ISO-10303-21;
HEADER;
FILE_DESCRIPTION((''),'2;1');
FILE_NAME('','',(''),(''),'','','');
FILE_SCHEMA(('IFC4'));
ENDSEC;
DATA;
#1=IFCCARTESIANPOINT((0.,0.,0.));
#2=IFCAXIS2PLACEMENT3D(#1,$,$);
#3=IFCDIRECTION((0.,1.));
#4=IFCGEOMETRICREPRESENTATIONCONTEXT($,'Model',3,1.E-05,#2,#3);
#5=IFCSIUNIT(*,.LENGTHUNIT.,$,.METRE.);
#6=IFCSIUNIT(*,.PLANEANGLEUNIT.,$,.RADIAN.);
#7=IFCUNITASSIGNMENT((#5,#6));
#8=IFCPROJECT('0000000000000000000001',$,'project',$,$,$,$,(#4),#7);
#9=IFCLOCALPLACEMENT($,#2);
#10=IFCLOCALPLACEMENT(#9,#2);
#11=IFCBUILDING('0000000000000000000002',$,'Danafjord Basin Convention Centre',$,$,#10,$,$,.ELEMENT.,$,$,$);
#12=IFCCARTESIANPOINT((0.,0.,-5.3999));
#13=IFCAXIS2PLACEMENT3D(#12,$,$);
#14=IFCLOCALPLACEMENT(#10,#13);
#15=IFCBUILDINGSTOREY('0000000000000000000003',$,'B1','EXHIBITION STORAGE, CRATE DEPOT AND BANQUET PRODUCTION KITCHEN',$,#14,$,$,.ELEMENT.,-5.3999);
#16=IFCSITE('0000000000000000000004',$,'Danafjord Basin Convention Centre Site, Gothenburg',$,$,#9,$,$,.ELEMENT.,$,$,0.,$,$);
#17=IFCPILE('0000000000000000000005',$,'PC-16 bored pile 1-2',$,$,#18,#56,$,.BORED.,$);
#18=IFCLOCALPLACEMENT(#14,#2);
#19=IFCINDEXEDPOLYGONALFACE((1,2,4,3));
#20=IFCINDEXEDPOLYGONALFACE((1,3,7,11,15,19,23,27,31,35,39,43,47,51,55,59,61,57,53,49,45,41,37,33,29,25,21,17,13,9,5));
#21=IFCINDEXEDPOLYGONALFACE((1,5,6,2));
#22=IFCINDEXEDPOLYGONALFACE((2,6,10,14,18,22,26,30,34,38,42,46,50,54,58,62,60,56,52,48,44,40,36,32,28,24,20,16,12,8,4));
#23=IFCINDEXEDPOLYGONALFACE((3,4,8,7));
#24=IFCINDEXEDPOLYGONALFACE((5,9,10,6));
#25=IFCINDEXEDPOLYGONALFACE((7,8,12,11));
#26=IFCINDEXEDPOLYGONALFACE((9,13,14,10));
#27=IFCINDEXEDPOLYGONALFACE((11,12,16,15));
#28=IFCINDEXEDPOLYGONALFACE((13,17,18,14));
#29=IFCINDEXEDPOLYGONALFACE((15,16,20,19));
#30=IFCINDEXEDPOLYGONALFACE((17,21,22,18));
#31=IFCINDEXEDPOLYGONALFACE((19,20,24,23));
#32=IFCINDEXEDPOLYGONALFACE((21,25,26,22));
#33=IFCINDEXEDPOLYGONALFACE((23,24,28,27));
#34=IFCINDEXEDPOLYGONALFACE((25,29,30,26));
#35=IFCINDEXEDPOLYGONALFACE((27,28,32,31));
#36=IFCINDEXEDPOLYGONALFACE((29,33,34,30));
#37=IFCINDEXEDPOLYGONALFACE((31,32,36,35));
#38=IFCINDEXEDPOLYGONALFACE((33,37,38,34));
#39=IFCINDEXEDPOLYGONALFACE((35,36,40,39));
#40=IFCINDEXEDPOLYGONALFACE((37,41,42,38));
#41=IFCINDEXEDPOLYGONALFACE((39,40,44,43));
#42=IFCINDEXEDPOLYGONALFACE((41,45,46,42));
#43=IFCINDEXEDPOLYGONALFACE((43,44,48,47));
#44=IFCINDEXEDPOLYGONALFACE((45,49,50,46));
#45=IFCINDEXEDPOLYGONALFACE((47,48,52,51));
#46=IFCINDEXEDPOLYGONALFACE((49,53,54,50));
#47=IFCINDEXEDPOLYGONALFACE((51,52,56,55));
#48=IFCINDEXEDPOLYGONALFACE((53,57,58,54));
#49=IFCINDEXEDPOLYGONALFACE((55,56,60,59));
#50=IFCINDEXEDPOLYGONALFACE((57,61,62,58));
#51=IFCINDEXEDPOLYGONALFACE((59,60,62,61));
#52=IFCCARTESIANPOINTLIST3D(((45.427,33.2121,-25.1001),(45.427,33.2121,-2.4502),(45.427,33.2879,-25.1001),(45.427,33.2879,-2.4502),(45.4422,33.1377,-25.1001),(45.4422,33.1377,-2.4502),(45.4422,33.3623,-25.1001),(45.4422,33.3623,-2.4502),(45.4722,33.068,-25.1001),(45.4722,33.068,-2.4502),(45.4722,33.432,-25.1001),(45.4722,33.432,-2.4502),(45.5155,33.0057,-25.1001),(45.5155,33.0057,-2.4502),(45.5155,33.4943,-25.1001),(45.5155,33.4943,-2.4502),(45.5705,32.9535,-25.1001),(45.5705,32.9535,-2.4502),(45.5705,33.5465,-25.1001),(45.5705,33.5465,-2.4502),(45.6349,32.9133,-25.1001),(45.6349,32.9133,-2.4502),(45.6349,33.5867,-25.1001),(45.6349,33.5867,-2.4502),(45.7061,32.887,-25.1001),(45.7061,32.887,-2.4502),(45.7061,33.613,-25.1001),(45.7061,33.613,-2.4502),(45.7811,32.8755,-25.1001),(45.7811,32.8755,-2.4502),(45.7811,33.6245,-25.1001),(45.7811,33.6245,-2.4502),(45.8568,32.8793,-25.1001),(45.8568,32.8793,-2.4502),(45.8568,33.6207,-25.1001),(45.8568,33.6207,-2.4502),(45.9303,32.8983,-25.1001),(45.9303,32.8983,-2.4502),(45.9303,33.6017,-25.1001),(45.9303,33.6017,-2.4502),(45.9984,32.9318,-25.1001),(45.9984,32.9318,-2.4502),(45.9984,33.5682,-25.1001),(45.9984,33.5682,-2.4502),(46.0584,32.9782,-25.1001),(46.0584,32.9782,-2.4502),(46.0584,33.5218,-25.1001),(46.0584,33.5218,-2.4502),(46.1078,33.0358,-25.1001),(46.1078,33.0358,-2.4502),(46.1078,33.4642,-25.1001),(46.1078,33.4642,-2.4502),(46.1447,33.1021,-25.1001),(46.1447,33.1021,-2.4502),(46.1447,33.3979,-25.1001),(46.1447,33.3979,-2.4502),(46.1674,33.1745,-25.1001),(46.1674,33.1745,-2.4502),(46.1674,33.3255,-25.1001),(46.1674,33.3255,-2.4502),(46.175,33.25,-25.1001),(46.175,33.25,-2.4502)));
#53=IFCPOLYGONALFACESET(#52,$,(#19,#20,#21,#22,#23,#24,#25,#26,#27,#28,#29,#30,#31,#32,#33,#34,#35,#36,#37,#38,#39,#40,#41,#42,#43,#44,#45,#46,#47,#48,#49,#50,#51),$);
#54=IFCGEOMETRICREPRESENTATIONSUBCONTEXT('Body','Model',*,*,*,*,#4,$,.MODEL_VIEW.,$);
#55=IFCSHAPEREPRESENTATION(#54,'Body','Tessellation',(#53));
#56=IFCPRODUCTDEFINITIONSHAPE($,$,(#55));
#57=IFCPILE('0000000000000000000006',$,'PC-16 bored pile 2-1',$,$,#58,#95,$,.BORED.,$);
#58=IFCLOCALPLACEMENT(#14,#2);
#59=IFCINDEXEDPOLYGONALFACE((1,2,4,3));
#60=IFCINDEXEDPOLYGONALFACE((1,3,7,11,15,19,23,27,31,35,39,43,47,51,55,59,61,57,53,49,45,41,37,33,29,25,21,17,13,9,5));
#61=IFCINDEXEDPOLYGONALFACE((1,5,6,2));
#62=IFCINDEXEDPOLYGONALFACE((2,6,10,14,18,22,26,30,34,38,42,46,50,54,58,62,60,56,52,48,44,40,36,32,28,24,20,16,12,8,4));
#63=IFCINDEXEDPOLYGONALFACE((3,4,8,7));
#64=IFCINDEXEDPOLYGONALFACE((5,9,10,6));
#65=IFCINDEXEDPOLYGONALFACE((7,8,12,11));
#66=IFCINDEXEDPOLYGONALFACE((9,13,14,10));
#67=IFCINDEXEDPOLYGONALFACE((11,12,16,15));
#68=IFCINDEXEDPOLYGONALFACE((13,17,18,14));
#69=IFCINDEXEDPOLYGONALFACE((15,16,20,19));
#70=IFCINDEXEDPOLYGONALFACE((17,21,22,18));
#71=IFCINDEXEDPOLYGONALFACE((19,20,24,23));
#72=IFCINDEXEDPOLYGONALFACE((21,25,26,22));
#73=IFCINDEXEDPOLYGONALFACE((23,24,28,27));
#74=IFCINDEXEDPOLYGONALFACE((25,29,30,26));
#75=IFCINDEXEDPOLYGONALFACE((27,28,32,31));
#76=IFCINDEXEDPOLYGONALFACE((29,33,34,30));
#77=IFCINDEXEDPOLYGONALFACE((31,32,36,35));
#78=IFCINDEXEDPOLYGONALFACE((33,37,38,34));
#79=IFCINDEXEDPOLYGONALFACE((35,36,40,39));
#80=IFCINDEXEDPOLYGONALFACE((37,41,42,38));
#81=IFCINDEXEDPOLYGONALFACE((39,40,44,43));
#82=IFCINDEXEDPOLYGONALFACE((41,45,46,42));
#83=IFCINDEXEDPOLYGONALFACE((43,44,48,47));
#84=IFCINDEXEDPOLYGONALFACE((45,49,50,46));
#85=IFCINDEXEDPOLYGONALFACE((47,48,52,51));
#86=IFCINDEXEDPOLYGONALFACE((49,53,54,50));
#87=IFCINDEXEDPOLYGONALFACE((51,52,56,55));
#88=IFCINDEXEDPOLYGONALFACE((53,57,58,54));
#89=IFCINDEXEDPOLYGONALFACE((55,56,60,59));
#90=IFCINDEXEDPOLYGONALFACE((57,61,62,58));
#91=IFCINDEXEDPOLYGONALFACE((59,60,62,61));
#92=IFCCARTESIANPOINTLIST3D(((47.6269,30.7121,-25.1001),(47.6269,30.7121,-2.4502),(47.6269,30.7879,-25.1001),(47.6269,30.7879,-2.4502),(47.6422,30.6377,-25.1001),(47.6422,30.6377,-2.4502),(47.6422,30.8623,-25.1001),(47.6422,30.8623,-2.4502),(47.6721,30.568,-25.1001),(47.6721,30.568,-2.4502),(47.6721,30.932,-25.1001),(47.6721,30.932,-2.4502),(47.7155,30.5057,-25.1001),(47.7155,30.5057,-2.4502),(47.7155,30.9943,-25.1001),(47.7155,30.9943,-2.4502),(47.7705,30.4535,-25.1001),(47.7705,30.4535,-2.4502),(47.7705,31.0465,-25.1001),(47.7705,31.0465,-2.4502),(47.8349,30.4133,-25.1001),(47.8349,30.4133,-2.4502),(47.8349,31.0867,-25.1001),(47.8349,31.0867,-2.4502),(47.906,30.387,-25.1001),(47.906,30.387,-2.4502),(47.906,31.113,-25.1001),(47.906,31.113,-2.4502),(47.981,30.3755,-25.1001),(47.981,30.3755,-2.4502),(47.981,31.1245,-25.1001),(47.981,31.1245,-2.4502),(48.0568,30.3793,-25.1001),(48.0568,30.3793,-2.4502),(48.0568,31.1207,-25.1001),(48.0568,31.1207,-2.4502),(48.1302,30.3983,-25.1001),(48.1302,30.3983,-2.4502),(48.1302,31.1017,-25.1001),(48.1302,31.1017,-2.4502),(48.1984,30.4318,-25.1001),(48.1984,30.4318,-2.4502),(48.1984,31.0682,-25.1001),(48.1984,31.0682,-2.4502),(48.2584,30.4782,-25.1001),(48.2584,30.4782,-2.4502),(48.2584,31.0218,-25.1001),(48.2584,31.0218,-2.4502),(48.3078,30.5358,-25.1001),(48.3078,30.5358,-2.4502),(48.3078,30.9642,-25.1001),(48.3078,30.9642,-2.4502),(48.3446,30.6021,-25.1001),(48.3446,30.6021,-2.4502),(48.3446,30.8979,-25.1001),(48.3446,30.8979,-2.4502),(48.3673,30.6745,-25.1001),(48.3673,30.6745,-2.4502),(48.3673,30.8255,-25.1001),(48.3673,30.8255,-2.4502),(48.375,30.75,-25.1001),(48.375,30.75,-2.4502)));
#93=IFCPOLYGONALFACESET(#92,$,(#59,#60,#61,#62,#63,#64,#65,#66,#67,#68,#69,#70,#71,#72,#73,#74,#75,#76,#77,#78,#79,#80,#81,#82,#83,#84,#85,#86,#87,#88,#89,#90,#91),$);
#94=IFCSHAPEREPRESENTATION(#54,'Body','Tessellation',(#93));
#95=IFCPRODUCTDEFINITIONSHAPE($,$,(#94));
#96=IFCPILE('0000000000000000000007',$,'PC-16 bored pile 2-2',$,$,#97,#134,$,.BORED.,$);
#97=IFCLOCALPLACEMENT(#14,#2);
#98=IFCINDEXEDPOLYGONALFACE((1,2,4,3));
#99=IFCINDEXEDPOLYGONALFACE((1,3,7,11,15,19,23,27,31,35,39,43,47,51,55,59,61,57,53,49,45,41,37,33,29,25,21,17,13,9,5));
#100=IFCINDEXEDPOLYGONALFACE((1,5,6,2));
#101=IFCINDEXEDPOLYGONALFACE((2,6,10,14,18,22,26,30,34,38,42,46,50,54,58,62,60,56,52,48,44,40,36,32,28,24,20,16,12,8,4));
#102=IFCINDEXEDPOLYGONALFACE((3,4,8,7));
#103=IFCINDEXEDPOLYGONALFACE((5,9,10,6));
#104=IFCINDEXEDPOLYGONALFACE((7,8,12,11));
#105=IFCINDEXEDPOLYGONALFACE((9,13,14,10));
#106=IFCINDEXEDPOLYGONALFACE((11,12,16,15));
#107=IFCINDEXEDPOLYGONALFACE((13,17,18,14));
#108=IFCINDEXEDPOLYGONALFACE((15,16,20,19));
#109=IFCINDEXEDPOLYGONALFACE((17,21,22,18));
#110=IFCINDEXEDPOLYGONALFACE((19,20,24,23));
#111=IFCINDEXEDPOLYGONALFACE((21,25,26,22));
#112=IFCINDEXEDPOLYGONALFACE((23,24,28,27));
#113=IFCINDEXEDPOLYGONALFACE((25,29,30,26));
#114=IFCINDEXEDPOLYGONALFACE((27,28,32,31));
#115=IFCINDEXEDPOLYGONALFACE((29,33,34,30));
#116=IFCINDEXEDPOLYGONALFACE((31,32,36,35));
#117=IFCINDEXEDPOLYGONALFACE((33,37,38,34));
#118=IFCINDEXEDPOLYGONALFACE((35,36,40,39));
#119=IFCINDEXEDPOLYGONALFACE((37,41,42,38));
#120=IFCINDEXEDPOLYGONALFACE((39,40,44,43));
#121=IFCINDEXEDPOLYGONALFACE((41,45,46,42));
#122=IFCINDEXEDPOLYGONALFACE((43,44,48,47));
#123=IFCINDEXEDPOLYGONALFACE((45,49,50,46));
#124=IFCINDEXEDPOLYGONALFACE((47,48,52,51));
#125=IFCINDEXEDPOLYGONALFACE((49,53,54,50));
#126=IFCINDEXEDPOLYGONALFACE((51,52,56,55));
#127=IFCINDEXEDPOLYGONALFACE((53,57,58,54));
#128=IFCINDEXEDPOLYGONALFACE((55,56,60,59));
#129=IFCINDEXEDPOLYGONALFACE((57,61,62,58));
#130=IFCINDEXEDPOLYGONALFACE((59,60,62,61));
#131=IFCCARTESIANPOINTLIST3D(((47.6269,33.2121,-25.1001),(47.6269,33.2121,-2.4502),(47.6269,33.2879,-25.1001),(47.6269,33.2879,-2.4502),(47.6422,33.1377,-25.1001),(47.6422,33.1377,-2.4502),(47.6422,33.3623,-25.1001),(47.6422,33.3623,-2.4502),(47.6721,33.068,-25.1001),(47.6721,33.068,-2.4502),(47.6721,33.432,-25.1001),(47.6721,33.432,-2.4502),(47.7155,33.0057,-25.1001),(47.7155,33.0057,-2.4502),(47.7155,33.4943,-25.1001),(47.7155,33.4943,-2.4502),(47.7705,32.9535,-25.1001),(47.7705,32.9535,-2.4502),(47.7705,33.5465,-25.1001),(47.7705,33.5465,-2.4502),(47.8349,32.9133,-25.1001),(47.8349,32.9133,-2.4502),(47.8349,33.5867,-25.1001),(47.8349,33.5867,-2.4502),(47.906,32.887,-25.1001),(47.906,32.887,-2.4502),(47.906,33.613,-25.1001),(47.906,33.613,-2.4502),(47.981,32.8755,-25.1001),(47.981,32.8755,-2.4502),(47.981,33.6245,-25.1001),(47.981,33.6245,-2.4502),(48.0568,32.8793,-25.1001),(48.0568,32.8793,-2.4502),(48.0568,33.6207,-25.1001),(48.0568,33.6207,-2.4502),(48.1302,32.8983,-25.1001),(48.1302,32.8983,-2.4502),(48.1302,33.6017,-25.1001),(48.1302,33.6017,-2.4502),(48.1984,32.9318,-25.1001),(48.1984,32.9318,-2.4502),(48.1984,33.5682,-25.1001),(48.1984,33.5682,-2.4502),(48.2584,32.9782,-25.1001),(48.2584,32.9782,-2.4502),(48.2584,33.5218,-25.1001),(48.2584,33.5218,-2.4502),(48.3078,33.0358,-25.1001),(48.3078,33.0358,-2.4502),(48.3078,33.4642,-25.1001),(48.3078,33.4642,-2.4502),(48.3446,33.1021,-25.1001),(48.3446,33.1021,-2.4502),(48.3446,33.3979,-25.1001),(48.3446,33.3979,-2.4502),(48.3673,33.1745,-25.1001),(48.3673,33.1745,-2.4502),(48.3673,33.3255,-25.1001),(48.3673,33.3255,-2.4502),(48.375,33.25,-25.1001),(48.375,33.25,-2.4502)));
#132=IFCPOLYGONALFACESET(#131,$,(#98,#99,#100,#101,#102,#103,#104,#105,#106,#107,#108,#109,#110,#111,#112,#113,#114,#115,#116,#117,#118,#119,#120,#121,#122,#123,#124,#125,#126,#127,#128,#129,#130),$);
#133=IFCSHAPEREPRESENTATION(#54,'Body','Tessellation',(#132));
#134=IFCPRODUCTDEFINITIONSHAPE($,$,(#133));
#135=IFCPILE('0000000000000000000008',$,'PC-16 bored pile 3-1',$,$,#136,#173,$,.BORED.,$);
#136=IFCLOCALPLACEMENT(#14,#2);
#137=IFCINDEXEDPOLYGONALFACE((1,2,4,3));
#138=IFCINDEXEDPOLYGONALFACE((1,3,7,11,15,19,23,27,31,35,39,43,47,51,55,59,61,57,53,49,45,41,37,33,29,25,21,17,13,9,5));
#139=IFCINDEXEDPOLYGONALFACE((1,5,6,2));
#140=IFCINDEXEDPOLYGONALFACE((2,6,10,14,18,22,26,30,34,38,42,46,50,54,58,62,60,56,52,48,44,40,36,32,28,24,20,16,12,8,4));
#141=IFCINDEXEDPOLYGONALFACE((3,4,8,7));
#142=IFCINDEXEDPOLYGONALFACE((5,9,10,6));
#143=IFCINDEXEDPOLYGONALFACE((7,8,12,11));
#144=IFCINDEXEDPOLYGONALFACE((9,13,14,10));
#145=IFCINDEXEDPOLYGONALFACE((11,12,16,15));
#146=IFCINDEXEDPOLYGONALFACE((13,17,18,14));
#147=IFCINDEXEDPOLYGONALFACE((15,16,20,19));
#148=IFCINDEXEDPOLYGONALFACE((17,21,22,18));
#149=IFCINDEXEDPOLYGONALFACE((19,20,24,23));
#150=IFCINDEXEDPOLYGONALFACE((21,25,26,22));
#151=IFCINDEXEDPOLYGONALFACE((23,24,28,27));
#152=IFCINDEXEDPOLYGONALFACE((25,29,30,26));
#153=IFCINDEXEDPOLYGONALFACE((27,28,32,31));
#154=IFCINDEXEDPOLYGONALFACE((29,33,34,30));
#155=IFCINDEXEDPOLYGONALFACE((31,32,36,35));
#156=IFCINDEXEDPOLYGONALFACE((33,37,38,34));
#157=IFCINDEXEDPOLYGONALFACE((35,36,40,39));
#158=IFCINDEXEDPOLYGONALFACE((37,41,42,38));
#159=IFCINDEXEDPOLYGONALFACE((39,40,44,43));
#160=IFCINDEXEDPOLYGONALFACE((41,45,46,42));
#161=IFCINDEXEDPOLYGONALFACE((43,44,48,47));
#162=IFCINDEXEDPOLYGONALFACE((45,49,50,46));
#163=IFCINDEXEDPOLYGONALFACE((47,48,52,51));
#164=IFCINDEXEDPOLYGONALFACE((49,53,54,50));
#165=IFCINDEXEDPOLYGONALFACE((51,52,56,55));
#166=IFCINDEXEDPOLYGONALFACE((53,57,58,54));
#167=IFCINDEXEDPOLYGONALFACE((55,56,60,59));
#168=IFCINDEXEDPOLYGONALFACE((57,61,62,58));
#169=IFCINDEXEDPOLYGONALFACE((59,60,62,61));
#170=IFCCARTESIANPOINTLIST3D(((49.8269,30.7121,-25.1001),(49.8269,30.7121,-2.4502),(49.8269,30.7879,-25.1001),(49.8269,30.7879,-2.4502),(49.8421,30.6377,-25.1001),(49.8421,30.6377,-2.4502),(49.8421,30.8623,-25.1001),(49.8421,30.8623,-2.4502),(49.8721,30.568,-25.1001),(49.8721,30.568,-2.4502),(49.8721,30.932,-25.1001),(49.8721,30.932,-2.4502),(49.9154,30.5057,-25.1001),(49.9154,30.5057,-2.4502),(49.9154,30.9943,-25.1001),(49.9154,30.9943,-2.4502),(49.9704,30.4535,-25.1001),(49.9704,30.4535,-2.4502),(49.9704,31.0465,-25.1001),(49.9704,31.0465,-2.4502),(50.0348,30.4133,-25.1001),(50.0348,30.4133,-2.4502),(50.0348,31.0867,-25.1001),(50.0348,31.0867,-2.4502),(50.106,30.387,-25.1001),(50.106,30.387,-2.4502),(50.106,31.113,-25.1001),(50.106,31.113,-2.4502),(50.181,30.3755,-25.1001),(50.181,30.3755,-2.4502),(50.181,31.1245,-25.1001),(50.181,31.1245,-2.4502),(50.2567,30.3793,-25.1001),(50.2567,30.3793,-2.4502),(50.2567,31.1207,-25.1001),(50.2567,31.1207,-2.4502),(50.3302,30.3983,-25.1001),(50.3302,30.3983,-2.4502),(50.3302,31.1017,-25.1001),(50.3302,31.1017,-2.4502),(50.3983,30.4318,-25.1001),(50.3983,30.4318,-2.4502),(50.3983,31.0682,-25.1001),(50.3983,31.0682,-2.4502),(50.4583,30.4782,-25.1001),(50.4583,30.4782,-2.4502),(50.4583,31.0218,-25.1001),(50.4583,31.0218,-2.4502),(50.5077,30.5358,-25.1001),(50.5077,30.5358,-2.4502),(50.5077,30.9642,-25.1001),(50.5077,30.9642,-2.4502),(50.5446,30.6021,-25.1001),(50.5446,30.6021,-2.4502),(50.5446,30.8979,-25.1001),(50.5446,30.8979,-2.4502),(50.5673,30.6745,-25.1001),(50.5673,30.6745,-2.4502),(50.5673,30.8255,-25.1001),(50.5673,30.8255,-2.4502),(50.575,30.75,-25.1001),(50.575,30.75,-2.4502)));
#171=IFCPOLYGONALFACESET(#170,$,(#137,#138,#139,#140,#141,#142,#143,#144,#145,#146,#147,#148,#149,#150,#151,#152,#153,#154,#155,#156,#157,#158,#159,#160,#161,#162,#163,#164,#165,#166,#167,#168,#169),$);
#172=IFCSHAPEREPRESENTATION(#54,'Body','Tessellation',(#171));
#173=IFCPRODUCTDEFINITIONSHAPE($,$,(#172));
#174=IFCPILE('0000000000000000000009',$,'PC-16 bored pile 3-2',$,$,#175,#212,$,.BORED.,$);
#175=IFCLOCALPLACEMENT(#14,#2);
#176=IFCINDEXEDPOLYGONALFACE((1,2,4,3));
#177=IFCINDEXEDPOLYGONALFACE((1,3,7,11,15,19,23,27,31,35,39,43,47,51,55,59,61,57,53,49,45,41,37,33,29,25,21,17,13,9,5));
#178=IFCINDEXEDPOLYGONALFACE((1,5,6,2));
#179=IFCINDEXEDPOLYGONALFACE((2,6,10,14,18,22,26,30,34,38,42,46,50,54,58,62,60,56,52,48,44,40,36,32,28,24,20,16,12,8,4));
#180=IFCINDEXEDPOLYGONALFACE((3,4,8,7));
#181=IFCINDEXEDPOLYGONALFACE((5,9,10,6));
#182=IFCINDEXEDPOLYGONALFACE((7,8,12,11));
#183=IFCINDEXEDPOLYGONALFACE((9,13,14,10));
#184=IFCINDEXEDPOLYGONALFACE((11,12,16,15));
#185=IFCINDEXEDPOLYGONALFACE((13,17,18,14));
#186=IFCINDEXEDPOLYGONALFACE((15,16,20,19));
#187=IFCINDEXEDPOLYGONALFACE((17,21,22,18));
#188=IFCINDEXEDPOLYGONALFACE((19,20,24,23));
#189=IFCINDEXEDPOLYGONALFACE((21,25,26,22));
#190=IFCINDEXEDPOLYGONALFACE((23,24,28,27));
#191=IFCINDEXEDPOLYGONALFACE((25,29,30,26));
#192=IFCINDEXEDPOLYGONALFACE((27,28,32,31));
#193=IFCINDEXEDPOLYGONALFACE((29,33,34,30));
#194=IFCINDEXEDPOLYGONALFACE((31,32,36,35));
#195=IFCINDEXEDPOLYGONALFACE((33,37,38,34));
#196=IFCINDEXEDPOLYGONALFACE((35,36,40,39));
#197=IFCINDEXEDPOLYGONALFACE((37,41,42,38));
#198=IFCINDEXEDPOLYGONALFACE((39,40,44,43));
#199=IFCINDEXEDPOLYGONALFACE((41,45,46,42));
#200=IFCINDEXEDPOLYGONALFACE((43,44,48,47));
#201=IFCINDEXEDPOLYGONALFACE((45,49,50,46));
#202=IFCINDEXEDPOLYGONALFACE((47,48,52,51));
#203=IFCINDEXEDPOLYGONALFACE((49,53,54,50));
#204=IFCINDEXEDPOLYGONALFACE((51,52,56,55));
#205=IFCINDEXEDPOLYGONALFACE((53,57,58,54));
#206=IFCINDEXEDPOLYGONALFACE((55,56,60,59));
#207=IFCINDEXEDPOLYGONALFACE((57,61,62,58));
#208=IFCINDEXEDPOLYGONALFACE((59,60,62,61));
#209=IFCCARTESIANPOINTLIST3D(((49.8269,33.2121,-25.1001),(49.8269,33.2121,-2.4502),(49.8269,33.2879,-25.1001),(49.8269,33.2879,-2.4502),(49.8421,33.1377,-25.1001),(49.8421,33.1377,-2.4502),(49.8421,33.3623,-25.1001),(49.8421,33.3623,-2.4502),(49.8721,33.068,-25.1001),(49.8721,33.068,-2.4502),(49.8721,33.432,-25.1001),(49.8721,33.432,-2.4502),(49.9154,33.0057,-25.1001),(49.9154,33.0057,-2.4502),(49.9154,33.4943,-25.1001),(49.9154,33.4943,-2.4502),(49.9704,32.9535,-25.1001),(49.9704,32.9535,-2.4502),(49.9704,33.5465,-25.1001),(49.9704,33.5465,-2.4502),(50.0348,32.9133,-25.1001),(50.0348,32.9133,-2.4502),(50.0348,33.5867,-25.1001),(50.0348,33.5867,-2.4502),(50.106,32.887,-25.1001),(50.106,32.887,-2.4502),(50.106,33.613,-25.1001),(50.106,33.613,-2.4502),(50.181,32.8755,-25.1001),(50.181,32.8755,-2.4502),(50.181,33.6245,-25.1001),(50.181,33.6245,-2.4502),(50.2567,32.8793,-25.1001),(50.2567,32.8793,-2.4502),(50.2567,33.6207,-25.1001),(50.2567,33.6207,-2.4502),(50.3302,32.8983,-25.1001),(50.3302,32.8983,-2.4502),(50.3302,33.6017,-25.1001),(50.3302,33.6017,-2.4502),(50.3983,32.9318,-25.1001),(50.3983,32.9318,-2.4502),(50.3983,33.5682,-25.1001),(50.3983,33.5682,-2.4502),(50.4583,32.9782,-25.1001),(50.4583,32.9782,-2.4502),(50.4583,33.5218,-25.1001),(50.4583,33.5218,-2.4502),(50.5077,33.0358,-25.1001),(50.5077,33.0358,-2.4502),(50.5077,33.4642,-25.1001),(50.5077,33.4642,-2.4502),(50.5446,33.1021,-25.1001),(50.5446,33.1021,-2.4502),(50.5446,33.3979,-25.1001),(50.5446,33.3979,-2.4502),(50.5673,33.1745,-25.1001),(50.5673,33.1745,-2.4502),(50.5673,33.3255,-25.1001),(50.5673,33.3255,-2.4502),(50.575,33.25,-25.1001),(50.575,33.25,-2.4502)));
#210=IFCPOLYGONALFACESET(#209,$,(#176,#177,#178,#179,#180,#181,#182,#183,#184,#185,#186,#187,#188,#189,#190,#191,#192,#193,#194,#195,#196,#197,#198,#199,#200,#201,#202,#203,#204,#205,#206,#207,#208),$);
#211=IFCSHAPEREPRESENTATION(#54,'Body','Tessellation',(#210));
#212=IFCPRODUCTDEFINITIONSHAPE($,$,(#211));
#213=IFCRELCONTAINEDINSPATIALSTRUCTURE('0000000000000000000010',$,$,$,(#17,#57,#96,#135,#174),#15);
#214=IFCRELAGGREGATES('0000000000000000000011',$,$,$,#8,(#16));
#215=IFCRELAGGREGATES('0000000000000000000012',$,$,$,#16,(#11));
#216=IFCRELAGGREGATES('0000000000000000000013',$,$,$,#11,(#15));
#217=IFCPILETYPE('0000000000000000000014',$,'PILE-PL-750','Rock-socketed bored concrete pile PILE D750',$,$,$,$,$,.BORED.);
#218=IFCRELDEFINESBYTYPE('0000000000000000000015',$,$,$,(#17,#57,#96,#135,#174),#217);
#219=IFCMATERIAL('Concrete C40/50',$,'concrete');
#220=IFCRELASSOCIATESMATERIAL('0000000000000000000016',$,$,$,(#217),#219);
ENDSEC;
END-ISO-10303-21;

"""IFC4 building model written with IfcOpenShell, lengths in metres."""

from ifc_helpers import new_model, si_unit, direction, frame, origin, origin_2d, place, context, subcontext, project, spatial, circle, extrude, material, material_profile, profile_set, type_object, element, save


model = new_model("IFC4")

# Units and contexts
model_context = context("Model", 3, precision=1e-05, world=origin(), true_north=direction((0.0, 1.0)))
body_context = subcontext(model_context, "Body", "Model", "MODEL_VIEW")
ifc_project = project(units=[si_unit("LENGTHUNIT", "METRE"), si_unit("PLANEANGLEUNIT", "RADIAN")], contexts=[model_context])

# Site, building, storey
site_placement = place(None, origin())
site = spatial("IfcSite", under=ifc_project, at=site_placement, Name="Danafjord Basin Convention Centre Site, Gothenburg", CompositionType="ELEMENT", RefElevation=0.0)
building_placement = place(site_placement, origin())
building = spatial("IfcBuilding", under=site, at=building_placement, Name="Danafjord Basin Convention Centre", CompositionType="ELEMENT")
storey_placement = place(building_placement, frame((0.0, 0.0, -5.3999)))
storey = spatial("IfcBuildingStorey", under=building, at=storey_placement, Name="B1", Description="EXHIBITION STORAGE, CRATE DEPOT AND BANQUET PRODUCTION KITCHEN", CompositionType="ELEMENT", Elevation=-5.3999)

# Shared definitions
ifc_material_1 = material(Name="Concrete C40/50", Category="concrete")

# Piles
ifc_material_profile_1 = material_profile(ifc_material_1, circle(Radius=0.375, at=origin_2d()), Name="PILE D750")
ifc_profile_set_1 = profile_set([ifc_material_profile_1], Name="Concrete C40/50")
pile_type_1 = type_object("IfcPileType", Name="PILE-PL-750", Description="Rock-socketed bored concrete pile PILE D750", PredefinedType="BORED", material=ifc_profile_set_1)
for number, where, z_axis, x_axis, name in (
    (1, (45.8, 33.25, -2.4502), (0.0, 0.0, -1.0), (1.0, 0.0, 0.0), "PC-16 bored pile 1-2"),
    (2, (48.0, 30.75, -2.4502), (0.0, 0.0, -1.0), (1.0, 0.0, 0.0), "PC-16 bored pile 2-1"),
    (3, (48.0, 33.25, -2.4502), (0.0, 0.0, -1.0), (1.0, 0.0, 0.0), "PC-16 bored pile 2-2"),
    (4, (50.2, 30.75, -2.4502), (0.0, 0.0, -1.0), (1.0, 0.0, 0.0), "PC-16 bored pile 3-1"),
    (5, (50.2, 33.25, -2.4502), (0.0, 0.0, -1.0), (1.0, 0.0, 0.0), "PC-16 bored pile 3-2"),
):
    element("IfcPile", number, at=place(storey_placement, frame(where, z_axis=z_axis, x_axis=x_axis)), inside=storey, type_object=pile_type_1, Name=name, PredefinedType="BORED", context=body_context, shape_type="SweptSolid", body=[
        extrude(circle(Radius=0.375, at=origin_2d()), origin(), (0.0, 0.0, 1.0), 22.6499),
    ])

save(model, "model.ifc")
